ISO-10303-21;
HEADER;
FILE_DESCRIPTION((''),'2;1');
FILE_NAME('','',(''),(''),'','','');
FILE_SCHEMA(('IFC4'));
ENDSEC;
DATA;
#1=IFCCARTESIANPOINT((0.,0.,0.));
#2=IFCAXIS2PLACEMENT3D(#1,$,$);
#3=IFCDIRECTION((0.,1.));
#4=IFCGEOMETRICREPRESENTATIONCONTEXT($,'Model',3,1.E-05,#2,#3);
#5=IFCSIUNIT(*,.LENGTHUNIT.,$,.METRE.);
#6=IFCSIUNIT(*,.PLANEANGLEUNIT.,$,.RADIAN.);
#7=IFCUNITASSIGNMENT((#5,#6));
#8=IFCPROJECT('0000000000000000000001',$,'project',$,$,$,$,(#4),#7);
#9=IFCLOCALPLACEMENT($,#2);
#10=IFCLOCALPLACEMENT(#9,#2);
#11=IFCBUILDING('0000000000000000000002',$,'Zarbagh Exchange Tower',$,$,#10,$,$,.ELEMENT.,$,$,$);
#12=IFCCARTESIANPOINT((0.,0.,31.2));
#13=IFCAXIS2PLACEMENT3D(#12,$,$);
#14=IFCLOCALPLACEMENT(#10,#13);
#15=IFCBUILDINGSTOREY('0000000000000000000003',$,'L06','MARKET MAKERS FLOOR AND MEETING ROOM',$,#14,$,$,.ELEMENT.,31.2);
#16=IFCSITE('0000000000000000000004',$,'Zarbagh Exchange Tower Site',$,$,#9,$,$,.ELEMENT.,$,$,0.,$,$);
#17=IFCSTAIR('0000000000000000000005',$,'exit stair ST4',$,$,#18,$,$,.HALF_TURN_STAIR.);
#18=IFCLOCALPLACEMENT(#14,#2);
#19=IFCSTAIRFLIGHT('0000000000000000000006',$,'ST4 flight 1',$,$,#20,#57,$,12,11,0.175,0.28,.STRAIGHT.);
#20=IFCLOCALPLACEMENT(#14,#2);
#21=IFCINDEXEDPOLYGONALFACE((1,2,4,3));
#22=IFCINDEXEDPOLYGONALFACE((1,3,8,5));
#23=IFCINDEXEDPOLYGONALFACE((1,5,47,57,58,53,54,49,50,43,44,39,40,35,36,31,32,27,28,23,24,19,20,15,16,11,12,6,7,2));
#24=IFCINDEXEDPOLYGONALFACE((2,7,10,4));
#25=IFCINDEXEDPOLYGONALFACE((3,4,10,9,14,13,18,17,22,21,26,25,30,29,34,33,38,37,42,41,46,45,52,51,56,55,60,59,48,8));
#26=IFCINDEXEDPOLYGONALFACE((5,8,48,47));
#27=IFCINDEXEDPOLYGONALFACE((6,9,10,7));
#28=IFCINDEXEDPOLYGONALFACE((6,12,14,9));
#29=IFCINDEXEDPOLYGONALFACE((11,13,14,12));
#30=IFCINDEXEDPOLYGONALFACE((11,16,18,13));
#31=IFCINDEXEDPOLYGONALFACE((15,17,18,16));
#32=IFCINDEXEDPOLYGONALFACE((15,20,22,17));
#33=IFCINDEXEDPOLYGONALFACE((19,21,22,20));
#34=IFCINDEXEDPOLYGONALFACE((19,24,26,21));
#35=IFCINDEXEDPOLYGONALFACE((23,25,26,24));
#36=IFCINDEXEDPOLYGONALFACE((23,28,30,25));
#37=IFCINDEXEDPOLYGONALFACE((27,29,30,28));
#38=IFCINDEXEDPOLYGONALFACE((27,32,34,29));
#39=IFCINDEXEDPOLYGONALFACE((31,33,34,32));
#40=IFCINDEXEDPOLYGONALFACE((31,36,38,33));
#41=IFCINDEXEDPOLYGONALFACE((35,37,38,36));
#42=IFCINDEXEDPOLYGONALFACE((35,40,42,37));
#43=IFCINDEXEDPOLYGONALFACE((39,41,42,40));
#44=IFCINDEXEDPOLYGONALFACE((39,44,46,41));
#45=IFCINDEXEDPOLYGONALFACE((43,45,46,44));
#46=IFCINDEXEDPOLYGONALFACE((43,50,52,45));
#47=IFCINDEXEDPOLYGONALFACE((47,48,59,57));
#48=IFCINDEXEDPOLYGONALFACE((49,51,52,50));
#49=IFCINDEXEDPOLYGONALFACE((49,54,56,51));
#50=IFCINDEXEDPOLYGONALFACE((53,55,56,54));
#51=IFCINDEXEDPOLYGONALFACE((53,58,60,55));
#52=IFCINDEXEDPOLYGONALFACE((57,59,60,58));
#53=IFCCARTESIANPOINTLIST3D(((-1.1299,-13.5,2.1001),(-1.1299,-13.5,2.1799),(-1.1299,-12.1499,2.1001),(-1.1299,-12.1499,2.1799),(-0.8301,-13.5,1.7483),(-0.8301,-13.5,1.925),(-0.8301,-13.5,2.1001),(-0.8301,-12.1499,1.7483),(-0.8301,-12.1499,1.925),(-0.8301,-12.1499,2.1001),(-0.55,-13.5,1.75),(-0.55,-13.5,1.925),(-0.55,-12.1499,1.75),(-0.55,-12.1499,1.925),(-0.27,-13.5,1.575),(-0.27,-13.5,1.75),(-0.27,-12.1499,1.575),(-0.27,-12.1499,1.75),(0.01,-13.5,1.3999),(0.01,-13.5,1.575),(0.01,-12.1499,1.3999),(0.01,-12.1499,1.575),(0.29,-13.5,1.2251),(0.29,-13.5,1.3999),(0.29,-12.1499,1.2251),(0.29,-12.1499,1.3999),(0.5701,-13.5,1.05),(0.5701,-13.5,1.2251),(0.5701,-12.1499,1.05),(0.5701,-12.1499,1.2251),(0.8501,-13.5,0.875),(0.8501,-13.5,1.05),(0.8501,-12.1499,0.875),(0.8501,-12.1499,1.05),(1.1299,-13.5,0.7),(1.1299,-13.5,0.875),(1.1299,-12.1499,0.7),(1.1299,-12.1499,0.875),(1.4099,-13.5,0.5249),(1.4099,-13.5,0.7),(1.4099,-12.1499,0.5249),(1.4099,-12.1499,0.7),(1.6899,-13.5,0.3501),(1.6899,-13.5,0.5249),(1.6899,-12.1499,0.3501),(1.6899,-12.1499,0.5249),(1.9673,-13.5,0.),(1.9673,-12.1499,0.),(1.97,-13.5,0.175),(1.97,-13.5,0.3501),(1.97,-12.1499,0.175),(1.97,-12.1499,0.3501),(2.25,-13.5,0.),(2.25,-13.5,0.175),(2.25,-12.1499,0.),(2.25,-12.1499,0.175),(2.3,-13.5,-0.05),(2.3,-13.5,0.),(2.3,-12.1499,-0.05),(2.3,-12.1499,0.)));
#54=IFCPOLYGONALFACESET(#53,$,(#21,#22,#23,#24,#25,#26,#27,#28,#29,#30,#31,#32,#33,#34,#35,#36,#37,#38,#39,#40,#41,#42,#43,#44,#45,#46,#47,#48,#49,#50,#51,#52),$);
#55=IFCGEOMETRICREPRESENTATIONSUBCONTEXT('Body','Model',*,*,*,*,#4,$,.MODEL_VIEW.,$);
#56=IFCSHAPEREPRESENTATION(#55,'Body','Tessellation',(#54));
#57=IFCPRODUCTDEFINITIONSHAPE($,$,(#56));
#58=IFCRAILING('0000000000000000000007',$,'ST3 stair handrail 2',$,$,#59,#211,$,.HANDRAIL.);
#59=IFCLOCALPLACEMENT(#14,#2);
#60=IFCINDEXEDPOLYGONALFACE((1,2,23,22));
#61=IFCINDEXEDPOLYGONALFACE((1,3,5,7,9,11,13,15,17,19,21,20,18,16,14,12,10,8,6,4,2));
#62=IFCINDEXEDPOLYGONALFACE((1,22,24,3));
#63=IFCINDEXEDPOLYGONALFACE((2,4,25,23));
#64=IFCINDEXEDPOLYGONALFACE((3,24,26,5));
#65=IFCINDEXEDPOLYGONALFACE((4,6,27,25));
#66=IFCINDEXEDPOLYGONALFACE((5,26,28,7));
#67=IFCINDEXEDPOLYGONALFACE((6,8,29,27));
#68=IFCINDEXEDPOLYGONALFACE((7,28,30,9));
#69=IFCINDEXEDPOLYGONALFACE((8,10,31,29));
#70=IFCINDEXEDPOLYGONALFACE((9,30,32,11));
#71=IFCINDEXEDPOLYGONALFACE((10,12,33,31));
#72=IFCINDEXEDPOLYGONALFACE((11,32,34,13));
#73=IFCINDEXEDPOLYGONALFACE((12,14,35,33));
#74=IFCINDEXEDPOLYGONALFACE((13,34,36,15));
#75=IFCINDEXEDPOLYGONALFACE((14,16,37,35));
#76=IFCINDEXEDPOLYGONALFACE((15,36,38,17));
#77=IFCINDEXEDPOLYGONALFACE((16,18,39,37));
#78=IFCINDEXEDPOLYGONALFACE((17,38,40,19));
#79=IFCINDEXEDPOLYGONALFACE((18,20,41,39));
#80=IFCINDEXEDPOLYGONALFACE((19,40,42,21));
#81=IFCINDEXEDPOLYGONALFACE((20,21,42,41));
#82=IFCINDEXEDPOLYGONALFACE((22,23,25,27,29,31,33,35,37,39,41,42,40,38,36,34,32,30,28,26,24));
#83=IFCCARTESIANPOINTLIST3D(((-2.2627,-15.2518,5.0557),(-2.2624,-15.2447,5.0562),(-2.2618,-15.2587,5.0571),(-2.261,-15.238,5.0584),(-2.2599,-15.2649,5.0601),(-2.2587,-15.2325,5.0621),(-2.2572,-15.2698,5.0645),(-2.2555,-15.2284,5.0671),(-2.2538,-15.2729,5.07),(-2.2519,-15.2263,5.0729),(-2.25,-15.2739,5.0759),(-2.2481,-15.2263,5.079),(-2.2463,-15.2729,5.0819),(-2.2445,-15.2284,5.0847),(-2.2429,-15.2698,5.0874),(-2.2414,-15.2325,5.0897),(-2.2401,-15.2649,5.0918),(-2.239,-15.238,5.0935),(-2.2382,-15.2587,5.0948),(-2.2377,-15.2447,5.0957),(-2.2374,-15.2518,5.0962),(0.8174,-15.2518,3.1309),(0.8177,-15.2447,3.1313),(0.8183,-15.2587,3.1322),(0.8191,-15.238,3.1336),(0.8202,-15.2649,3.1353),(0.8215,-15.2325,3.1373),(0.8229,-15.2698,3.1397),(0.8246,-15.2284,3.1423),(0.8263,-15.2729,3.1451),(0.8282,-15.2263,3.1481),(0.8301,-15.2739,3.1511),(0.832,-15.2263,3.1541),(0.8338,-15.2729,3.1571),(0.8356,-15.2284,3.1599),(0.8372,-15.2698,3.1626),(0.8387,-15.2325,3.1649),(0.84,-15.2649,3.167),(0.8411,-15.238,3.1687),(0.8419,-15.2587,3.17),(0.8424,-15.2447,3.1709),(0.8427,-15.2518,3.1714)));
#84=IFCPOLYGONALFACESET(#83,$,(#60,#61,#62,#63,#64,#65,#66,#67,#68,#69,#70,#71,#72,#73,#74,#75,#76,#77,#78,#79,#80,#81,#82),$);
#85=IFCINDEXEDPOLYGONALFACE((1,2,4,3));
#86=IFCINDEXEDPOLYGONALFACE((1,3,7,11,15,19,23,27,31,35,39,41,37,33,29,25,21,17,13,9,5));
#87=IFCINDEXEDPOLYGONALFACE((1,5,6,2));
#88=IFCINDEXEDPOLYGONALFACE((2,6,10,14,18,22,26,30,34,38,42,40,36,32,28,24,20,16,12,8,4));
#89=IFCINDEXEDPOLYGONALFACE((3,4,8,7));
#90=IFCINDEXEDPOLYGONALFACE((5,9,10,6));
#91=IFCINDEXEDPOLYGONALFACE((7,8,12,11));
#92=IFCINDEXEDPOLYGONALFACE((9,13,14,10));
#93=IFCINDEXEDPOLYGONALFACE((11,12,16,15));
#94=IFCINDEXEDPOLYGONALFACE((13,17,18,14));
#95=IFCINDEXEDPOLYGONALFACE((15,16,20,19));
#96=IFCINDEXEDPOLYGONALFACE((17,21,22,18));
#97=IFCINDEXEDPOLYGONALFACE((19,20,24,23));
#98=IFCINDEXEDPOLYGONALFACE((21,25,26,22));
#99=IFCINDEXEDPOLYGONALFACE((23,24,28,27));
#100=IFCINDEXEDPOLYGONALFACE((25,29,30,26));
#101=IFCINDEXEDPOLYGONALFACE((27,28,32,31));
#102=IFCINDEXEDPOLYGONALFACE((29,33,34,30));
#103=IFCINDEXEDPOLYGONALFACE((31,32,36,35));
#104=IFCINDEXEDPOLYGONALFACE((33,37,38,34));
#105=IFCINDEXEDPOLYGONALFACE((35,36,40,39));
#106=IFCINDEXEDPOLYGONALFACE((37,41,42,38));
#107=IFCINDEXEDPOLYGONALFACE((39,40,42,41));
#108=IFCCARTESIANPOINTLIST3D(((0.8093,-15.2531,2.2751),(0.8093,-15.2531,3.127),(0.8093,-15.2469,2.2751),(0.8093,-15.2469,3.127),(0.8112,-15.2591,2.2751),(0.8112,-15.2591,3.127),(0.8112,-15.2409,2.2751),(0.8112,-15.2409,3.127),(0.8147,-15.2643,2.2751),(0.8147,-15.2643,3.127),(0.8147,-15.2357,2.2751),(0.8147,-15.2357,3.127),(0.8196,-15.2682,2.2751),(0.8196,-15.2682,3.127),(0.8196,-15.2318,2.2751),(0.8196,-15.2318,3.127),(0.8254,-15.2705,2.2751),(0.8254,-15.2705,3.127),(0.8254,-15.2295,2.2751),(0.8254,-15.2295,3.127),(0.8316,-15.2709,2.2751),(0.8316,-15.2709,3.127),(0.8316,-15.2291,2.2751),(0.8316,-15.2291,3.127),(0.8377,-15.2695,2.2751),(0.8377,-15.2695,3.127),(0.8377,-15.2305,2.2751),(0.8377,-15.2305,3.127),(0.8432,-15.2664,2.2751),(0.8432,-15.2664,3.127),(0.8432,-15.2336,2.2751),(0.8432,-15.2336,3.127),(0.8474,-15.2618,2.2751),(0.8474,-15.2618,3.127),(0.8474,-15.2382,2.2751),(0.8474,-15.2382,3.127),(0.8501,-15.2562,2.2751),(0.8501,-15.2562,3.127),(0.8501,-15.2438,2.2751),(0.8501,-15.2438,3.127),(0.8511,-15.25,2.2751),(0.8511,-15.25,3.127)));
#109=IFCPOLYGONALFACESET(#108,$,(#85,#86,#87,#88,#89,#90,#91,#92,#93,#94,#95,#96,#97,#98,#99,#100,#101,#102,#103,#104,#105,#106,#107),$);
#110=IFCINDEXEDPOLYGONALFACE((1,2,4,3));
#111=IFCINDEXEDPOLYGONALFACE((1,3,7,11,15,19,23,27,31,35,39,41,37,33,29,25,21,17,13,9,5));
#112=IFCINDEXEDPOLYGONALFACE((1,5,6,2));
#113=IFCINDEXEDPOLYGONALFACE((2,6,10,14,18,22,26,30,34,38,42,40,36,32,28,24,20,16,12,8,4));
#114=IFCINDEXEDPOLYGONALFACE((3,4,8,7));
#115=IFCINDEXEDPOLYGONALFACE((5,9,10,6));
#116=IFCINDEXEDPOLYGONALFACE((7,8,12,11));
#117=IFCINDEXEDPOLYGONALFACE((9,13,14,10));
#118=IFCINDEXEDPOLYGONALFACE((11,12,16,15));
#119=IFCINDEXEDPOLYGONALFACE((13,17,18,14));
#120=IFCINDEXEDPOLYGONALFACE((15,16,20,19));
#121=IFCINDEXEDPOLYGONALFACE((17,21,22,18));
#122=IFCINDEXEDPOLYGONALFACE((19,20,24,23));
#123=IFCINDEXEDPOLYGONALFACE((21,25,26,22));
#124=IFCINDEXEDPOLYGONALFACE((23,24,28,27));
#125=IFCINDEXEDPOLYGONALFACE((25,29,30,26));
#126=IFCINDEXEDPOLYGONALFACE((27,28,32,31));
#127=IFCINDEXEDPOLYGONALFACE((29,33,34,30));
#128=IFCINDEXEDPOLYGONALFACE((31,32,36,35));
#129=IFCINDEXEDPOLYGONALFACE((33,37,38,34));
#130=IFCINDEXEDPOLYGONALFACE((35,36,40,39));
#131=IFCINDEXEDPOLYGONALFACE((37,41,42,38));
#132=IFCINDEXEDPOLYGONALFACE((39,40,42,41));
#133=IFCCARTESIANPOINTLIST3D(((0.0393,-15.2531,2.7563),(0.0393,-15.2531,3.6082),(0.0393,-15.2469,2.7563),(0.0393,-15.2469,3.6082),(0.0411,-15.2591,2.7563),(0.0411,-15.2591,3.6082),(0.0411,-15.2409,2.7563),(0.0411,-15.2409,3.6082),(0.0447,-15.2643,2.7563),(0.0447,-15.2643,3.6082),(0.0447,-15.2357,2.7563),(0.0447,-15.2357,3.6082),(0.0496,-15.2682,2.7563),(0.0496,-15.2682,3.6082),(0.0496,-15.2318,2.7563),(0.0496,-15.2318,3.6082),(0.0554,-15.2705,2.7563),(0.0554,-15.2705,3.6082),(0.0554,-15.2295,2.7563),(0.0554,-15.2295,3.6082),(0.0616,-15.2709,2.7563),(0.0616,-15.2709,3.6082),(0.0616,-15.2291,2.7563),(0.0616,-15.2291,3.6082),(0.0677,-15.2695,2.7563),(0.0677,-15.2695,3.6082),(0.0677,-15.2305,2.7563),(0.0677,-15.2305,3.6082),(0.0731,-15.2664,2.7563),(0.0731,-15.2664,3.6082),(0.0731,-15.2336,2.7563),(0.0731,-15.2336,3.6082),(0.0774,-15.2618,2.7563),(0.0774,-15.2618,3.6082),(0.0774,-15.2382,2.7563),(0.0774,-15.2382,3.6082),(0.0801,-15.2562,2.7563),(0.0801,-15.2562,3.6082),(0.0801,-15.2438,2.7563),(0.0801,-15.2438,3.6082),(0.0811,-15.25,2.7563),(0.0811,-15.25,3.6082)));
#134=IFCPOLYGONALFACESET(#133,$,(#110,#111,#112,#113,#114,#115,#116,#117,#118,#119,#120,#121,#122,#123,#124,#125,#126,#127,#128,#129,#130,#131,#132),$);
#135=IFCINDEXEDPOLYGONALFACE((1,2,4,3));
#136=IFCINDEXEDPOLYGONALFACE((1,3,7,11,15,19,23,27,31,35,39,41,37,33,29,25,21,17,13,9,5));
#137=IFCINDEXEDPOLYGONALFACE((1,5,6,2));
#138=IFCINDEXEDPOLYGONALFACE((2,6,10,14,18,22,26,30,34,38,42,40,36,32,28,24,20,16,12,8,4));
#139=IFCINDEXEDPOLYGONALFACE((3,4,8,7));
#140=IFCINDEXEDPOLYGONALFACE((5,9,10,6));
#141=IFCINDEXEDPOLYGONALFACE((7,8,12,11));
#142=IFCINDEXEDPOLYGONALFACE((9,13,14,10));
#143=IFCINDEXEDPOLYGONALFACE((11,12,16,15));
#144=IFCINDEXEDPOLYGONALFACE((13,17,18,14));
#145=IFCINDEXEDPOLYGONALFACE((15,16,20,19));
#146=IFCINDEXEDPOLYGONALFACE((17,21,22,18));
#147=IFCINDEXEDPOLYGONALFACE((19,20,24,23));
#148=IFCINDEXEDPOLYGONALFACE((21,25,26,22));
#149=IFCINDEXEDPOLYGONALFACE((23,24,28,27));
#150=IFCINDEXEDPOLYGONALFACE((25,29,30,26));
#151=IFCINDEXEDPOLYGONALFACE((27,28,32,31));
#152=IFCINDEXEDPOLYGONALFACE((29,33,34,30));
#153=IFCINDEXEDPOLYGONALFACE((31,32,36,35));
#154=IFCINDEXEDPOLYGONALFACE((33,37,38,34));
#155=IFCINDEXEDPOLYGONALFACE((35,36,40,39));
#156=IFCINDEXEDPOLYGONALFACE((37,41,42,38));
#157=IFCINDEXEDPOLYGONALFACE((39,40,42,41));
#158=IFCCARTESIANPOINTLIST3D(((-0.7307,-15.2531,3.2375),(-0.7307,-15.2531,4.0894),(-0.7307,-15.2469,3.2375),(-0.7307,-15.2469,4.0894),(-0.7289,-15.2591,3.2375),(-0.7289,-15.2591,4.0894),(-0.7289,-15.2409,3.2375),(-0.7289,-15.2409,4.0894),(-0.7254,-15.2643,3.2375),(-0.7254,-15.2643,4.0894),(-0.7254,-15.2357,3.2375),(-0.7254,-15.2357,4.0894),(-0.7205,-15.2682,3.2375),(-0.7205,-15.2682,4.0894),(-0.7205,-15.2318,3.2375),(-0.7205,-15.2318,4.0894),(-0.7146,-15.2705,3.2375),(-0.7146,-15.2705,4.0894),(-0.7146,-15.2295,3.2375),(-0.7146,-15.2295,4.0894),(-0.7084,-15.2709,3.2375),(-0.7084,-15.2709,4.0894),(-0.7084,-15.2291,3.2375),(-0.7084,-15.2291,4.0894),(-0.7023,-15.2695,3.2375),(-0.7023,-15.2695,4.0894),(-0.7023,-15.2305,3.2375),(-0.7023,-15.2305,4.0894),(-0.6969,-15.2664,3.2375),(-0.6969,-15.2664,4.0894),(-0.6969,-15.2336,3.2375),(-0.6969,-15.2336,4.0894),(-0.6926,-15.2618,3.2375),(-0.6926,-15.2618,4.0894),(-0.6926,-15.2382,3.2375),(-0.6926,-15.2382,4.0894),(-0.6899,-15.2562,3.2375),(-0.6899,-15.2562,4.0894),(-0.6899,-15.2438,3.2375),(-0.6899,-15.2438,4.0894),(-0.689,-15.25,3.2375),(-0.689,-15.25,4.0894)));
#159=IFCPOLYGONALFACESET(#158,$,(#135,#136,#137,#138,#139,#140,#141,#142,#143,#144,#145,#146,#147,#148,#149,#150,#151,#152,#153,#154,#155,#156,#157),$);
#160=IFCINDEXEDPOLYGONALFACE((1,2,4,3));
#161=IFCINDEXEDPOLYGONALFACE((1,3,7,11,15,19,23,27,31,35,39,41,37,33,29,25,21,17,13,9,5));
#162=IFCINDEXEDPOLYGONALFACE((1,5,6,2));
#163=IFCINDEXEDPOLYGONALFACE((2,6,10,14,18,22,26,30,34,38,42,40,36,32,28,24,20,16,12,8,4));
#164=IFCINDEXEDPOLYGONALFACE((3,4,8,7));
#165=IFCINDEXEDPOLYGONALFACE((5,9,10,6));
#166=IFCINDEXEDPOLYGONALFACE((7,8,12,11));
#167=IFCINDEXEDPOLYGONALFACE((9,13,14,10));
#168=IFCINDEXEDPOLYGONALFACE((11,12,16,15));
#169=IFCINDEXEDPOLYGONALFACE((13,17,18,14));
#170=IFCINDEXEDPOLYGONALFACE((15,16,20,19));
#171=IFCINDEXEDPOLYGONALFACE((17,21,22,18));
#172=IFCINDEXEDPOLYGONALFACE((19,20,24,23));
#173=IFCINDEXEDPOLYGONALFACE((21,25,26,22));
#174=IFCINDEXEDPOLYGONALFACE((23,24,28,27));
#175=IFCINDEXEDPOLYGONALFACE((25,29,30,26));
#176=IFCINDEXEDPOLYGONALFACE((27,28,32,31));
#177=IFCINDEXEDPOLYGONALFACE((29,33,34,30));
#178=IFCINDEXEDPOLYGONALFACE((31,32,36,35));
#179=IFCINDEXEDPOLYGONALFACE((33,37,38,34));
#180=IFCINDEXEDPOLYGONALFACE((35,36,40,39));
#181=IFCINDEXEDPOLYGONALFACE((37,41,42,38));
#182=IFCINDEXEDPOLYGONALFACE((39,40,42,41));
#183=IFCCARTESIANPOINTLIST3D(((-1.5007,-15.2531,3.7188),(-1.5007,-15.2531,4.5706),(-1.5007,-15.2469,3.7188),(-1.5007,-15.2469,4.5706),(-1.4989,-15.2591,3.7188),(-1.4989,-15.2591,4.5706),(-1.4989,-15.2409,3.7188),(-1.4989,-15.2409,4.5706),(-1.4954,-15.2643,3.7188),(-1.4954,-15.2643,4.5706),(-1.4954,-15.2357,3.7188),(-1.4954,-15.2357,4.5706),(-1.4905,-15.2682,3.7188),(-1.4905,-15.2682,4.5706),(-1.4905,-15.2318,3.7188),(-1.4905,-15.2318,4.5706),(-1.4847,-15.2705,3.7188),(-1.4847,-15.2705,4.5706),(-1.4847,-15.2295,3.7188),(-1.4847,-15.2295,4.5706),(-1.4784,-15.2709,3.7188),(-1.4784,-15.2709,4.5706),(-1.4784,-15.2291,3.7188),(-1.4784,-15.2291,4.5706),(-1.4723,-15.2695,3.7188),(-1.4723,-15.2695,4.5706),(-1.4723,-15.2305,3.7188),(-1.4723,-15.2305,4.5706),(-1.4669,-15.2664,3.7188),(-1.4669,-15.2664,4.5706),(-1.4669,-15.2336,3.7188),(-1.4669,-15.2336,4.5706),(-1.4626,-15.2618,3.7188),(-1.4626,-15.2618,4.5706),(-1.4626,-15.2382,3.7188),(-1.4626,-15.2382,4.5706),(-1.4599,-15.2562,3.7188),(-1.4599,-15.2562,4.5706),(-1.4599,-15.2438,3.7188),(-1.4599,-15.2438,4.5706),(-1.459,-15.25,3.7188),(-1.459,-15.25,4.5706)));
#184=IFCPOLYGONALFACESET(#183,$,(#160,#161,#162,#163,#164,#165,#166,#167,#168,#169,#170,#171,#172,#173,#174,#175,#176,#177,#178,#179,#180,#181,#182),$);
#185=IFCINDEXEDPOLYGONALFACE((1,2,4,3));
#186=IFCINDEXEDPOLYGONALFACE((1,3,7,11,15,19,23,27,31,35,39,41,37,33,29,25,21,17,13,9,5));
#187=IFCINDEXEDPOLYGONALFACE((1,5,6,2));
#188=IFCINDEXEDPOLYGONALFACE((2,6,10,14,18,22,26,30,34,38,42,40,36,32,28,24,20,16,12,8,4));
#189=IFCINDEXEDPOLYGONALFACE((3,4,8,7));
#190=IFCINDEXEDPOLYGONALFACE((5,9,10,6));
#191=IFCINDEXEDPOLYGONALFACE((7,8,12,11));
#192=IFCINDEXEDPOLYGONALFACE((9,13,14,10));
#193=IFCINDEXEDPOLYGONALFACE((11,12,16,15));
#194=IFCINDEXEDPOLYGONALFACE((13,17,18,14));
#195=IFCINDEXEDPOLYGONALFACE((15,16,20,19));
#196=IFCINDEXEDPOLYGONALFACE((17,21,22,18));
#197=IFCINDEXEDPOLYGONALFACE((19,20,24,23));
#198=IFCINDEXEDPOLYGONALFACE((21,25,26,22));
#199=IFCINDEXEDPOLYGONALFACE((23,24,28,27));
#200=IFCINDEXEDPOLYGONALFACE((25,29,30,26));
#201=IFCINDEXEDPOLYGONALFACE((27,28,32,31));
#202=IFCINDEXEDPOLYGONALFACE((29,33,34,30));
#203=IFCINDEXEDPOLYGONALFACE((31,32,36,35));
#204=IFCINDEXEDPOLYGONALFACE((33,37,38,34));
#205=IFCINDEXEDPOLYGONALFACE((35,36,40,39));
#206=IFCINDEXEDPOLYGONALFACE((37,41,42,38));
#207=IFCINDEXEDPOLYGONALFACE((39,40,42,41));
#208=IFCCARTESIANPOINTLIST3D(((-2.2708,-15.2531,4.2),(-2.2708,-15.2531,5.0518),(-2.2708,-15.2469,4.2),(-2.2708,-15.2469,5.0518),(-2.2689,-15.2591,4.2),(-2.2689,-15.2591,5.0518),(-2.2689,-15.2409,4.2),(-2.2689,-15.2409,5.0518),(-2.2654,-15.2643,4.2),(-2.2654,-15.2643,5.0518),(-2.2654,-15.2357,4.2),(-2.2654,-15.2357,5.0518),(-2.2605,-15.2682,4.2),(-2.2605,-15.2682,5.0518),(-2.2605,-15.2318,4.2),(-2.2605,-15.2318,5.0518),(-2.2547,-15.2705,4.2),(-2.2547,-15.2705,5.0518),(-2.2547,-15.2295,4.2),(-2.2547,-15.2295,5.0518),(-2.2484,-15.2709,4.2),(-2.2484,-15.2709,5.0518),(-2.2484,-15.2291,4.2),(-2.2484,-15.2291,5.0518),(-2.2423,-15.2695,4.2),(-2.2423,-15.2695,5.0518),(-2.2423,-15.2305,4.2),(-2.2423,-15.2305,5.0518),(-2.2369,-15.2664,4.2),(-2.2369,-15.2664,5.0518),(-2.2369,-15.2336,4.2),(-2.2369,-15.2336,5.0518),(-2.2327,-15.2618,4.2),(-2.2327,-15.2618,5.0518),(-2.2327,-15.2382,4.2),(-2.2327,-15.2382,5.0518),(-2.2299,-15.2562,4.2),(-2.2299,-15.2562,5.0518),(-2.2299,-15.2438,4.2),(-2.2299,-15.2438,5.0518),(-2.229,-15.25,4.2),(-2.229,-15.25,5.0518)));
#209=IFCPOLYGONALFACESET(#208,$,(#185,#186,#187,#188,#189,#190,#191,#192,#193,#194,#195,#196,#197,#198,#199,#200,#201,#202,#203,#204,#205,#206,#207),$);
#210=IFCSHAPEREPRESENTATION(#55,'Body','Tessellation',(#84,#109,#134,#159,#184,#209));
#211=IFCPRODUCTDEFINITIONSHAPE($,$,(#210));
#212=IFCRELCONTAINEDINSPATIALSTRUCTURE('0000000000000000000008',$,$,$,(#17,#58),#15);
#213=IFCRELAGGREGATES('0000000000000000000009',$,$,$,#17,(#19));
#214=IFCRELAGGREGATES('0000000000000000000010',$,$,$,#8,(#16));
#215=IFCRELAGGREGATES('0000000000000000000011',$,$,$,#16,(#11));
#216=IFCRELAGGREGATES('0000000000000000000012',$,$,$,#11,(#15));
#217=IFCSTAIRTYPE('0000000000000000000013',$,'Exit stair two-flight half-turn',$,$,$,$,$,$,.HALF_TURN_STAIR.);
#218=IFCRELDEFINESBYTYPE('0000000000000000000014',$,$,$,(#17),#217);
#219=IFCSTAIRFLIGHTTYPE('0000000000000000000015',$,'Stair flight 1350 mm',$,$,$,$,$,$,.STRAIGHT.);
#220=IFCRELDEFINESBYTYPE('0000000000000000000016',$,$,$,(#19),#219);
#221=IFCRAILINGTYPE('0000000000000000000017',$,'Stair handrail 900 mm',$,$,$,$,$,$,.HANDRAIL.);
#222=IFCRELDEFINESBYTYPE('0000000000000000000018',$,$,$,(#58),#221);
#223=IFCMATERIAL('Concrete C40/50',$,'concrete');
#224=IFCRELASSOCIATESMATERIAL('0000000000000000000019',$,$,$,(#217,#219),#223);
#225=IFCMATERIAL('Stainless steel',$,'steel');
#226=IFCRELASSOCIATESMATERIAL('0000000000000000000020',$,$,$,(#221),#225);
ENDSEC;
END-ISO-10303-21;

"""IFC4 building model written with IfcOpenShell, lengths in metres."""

from ifc_helpers import new_model, si_unit, direction, frame, origin, origin_2d, place, context, subcontext, project, spatial, polyline, circle, outline, extrude, material, type_object, element, aggregate, save


model = new_model("IFC4")

# Units and contexts
model_context = context("Model", 3, precision=1e-05, world=origin(), true_north=direction((0.0, 1.0)))
body_context = subcontext(model_context, "Body", "Model", "MODEL_VIEW")
ifc_project = project(units=[si_unit("LENGTHUNIT", "METRE"), si_unit("PLANEANGLEUNIT", "RADIAN")], contexts=[model_context])

# Site, building, storey
site_placement = place(None, origin())
site = spatial("IfcSite", under=ifc_project, at=site_placement, Name="Zarbagh Exchange Tower Site", CompositionType="ELEMENT", RefElevation=0.0)
building_placement = place(site_placement, origin())
building = spatial("IfcBuilding", under=site, at=building_placement, Name="Zarbagh Exchange Tower", CompositionType="ELEMENT")
storey_placement = place(building_placement, frame((0.0, 0.0, 31.2)))
storey = spatial("IfcBuildingStorey", under=building, at=storey_placement, Name="L06", Description="MARKET MAKERS FLOOR AND MEETING ROOM", CompositionType="ELEMENT", Elevation=31.2)

# Stair, stair flight
ifc_material_1 = material(Name="Concrete C40/50", Category="concrete")
stair_type = type_object("IfcStairType", Name="Exit stair two-flight half-turn", PredefinedType="HALF_TURN_STAIR", material=ifc_material_1)
stair_flight_type = type_object("IfcStairFlightType", Name="Stair flight 1350 mm", PredefinedType="STRAIGHT", material=ifc_material_1)
stair_1_placement = place(storey_placement, origin())
stair_1 = element("IfcStair", 1, at=stair_1_placement, inside=storey, type_object=stair_type, Name="exit stair ST4", PredefinedType="HALF_TURN_STAIR")
stair_flight_1_placement = place(storey_placement, frame((2.25, -12.825, 0.0), z_axis=(0.0, 0.0, 1.0), x_axis=(-1.0, 0.0, 0.0)))
stair_flight_1 = element("IfcStairFlight", 2, at=stair_flight_1_placement, type_object=stair_flight_type, Name="ST4 flight 1", NumberOfRisers=12, NumberOfTreads=11, PredefinedType="STRAIGHT", RiserHeight=0.175, TreadLength=0.28, context=body_context, shape_type="SweptSolid", body=[
    extrude(outline(polyline([(-0.05, -0.05), (-0.05, 0.0), (0.0, 0.0), (0.0, 0.175), (0.28, 0.175), (0.28, 0.3501), (0.5601, 0.3501), (0.5601, 0.5249), (0.8401, 0.5249), (0.8401, 0.7), (1.1201, 0.7), (1.1201, 0.875), (1.3999, 0.875), (1.3999, 1.05), (1.6799, 1.05), (1.6799, 1.2251), (1.96, 1.2251), (1.96, 1.3999), (2.24, 1.3999), (2.24, 1.575), (2.52, 1.575), (2.52, 1.75), (2.8, 1.75), (2.8, 1.925), (3.0801, 1.925), (3.0801, 2.1001), (3.3799, 2.1799), (3.3799, 2.1001), (3.0801, 1.7483), (0.2827, 0.0), (-0.05, -0.05)])), frame((0.0, 0.675, 0.0), z_axis=(0.0, -1.0, 0.0), x_axis=(1.0, 0.0, 0.0)), (0.0, 0.0, 1.0), 1.3501),
])
aggregate(stair_1, [stair_flight_1])

# Railing
ifc_material_2 = material(Name="Stainless steel", Category="steel")
railing_type_1 = type_object("IfcRailingType", Name="Stair handrail 900 mm", PredefinedType="HANDRAIL", material=ifc_material_2)
railing_1_placement = place(storey_placement, frame((0.8301, -15.25, 2.2751)))
element("IfcRailing", 3, at=railing_1_placement, inside=storey, type_object=railing_type_1, Name="ST3 stair handrail 2", PredefinedType="HANDRAIL", context=body_context, shape_type="SweptSolid", body=[
    extrude(circle(Radius=0.0239, at=origin_2d()), frame((0.0, 0.0, 0.876), z_axis=(-0.848029, 0.0, 0.529951), x_axis=(0.0, -1.0, 0.0)), (0.0, 0.0, 1.0), 3.6321),
    extrude(circle(Radius=0.021, at=origin_2d()), origin(), (0.0, 0.0, 1.0), 0.8518),
    extrude(circle(Radius=0.021, at=origin_2d()), frame((-0.77, 0.0, 0.4812)), (0.0, 0.0, 1.0), 0.8518),
    extrude(circle(Radius=0.021, at=origin_2d()), frame((-1.54, 0.0, 0.9624)), (0.0, 0.0, 1.0), 0.8518),
    extrude(circle(Radius=0.021, at=origin_2d()), frame((-2.3101, 0.0, 1.4436)), (0.0, 0.0, 1.0), 0.8518),
    extrude(circle(Radius=0.021, at=origin_2d()), frame((-3.0801, 0.0, 1.9248)), (0.0, 0.0, 1.0), 0.8518),
])

save(model, "model.ifc")
